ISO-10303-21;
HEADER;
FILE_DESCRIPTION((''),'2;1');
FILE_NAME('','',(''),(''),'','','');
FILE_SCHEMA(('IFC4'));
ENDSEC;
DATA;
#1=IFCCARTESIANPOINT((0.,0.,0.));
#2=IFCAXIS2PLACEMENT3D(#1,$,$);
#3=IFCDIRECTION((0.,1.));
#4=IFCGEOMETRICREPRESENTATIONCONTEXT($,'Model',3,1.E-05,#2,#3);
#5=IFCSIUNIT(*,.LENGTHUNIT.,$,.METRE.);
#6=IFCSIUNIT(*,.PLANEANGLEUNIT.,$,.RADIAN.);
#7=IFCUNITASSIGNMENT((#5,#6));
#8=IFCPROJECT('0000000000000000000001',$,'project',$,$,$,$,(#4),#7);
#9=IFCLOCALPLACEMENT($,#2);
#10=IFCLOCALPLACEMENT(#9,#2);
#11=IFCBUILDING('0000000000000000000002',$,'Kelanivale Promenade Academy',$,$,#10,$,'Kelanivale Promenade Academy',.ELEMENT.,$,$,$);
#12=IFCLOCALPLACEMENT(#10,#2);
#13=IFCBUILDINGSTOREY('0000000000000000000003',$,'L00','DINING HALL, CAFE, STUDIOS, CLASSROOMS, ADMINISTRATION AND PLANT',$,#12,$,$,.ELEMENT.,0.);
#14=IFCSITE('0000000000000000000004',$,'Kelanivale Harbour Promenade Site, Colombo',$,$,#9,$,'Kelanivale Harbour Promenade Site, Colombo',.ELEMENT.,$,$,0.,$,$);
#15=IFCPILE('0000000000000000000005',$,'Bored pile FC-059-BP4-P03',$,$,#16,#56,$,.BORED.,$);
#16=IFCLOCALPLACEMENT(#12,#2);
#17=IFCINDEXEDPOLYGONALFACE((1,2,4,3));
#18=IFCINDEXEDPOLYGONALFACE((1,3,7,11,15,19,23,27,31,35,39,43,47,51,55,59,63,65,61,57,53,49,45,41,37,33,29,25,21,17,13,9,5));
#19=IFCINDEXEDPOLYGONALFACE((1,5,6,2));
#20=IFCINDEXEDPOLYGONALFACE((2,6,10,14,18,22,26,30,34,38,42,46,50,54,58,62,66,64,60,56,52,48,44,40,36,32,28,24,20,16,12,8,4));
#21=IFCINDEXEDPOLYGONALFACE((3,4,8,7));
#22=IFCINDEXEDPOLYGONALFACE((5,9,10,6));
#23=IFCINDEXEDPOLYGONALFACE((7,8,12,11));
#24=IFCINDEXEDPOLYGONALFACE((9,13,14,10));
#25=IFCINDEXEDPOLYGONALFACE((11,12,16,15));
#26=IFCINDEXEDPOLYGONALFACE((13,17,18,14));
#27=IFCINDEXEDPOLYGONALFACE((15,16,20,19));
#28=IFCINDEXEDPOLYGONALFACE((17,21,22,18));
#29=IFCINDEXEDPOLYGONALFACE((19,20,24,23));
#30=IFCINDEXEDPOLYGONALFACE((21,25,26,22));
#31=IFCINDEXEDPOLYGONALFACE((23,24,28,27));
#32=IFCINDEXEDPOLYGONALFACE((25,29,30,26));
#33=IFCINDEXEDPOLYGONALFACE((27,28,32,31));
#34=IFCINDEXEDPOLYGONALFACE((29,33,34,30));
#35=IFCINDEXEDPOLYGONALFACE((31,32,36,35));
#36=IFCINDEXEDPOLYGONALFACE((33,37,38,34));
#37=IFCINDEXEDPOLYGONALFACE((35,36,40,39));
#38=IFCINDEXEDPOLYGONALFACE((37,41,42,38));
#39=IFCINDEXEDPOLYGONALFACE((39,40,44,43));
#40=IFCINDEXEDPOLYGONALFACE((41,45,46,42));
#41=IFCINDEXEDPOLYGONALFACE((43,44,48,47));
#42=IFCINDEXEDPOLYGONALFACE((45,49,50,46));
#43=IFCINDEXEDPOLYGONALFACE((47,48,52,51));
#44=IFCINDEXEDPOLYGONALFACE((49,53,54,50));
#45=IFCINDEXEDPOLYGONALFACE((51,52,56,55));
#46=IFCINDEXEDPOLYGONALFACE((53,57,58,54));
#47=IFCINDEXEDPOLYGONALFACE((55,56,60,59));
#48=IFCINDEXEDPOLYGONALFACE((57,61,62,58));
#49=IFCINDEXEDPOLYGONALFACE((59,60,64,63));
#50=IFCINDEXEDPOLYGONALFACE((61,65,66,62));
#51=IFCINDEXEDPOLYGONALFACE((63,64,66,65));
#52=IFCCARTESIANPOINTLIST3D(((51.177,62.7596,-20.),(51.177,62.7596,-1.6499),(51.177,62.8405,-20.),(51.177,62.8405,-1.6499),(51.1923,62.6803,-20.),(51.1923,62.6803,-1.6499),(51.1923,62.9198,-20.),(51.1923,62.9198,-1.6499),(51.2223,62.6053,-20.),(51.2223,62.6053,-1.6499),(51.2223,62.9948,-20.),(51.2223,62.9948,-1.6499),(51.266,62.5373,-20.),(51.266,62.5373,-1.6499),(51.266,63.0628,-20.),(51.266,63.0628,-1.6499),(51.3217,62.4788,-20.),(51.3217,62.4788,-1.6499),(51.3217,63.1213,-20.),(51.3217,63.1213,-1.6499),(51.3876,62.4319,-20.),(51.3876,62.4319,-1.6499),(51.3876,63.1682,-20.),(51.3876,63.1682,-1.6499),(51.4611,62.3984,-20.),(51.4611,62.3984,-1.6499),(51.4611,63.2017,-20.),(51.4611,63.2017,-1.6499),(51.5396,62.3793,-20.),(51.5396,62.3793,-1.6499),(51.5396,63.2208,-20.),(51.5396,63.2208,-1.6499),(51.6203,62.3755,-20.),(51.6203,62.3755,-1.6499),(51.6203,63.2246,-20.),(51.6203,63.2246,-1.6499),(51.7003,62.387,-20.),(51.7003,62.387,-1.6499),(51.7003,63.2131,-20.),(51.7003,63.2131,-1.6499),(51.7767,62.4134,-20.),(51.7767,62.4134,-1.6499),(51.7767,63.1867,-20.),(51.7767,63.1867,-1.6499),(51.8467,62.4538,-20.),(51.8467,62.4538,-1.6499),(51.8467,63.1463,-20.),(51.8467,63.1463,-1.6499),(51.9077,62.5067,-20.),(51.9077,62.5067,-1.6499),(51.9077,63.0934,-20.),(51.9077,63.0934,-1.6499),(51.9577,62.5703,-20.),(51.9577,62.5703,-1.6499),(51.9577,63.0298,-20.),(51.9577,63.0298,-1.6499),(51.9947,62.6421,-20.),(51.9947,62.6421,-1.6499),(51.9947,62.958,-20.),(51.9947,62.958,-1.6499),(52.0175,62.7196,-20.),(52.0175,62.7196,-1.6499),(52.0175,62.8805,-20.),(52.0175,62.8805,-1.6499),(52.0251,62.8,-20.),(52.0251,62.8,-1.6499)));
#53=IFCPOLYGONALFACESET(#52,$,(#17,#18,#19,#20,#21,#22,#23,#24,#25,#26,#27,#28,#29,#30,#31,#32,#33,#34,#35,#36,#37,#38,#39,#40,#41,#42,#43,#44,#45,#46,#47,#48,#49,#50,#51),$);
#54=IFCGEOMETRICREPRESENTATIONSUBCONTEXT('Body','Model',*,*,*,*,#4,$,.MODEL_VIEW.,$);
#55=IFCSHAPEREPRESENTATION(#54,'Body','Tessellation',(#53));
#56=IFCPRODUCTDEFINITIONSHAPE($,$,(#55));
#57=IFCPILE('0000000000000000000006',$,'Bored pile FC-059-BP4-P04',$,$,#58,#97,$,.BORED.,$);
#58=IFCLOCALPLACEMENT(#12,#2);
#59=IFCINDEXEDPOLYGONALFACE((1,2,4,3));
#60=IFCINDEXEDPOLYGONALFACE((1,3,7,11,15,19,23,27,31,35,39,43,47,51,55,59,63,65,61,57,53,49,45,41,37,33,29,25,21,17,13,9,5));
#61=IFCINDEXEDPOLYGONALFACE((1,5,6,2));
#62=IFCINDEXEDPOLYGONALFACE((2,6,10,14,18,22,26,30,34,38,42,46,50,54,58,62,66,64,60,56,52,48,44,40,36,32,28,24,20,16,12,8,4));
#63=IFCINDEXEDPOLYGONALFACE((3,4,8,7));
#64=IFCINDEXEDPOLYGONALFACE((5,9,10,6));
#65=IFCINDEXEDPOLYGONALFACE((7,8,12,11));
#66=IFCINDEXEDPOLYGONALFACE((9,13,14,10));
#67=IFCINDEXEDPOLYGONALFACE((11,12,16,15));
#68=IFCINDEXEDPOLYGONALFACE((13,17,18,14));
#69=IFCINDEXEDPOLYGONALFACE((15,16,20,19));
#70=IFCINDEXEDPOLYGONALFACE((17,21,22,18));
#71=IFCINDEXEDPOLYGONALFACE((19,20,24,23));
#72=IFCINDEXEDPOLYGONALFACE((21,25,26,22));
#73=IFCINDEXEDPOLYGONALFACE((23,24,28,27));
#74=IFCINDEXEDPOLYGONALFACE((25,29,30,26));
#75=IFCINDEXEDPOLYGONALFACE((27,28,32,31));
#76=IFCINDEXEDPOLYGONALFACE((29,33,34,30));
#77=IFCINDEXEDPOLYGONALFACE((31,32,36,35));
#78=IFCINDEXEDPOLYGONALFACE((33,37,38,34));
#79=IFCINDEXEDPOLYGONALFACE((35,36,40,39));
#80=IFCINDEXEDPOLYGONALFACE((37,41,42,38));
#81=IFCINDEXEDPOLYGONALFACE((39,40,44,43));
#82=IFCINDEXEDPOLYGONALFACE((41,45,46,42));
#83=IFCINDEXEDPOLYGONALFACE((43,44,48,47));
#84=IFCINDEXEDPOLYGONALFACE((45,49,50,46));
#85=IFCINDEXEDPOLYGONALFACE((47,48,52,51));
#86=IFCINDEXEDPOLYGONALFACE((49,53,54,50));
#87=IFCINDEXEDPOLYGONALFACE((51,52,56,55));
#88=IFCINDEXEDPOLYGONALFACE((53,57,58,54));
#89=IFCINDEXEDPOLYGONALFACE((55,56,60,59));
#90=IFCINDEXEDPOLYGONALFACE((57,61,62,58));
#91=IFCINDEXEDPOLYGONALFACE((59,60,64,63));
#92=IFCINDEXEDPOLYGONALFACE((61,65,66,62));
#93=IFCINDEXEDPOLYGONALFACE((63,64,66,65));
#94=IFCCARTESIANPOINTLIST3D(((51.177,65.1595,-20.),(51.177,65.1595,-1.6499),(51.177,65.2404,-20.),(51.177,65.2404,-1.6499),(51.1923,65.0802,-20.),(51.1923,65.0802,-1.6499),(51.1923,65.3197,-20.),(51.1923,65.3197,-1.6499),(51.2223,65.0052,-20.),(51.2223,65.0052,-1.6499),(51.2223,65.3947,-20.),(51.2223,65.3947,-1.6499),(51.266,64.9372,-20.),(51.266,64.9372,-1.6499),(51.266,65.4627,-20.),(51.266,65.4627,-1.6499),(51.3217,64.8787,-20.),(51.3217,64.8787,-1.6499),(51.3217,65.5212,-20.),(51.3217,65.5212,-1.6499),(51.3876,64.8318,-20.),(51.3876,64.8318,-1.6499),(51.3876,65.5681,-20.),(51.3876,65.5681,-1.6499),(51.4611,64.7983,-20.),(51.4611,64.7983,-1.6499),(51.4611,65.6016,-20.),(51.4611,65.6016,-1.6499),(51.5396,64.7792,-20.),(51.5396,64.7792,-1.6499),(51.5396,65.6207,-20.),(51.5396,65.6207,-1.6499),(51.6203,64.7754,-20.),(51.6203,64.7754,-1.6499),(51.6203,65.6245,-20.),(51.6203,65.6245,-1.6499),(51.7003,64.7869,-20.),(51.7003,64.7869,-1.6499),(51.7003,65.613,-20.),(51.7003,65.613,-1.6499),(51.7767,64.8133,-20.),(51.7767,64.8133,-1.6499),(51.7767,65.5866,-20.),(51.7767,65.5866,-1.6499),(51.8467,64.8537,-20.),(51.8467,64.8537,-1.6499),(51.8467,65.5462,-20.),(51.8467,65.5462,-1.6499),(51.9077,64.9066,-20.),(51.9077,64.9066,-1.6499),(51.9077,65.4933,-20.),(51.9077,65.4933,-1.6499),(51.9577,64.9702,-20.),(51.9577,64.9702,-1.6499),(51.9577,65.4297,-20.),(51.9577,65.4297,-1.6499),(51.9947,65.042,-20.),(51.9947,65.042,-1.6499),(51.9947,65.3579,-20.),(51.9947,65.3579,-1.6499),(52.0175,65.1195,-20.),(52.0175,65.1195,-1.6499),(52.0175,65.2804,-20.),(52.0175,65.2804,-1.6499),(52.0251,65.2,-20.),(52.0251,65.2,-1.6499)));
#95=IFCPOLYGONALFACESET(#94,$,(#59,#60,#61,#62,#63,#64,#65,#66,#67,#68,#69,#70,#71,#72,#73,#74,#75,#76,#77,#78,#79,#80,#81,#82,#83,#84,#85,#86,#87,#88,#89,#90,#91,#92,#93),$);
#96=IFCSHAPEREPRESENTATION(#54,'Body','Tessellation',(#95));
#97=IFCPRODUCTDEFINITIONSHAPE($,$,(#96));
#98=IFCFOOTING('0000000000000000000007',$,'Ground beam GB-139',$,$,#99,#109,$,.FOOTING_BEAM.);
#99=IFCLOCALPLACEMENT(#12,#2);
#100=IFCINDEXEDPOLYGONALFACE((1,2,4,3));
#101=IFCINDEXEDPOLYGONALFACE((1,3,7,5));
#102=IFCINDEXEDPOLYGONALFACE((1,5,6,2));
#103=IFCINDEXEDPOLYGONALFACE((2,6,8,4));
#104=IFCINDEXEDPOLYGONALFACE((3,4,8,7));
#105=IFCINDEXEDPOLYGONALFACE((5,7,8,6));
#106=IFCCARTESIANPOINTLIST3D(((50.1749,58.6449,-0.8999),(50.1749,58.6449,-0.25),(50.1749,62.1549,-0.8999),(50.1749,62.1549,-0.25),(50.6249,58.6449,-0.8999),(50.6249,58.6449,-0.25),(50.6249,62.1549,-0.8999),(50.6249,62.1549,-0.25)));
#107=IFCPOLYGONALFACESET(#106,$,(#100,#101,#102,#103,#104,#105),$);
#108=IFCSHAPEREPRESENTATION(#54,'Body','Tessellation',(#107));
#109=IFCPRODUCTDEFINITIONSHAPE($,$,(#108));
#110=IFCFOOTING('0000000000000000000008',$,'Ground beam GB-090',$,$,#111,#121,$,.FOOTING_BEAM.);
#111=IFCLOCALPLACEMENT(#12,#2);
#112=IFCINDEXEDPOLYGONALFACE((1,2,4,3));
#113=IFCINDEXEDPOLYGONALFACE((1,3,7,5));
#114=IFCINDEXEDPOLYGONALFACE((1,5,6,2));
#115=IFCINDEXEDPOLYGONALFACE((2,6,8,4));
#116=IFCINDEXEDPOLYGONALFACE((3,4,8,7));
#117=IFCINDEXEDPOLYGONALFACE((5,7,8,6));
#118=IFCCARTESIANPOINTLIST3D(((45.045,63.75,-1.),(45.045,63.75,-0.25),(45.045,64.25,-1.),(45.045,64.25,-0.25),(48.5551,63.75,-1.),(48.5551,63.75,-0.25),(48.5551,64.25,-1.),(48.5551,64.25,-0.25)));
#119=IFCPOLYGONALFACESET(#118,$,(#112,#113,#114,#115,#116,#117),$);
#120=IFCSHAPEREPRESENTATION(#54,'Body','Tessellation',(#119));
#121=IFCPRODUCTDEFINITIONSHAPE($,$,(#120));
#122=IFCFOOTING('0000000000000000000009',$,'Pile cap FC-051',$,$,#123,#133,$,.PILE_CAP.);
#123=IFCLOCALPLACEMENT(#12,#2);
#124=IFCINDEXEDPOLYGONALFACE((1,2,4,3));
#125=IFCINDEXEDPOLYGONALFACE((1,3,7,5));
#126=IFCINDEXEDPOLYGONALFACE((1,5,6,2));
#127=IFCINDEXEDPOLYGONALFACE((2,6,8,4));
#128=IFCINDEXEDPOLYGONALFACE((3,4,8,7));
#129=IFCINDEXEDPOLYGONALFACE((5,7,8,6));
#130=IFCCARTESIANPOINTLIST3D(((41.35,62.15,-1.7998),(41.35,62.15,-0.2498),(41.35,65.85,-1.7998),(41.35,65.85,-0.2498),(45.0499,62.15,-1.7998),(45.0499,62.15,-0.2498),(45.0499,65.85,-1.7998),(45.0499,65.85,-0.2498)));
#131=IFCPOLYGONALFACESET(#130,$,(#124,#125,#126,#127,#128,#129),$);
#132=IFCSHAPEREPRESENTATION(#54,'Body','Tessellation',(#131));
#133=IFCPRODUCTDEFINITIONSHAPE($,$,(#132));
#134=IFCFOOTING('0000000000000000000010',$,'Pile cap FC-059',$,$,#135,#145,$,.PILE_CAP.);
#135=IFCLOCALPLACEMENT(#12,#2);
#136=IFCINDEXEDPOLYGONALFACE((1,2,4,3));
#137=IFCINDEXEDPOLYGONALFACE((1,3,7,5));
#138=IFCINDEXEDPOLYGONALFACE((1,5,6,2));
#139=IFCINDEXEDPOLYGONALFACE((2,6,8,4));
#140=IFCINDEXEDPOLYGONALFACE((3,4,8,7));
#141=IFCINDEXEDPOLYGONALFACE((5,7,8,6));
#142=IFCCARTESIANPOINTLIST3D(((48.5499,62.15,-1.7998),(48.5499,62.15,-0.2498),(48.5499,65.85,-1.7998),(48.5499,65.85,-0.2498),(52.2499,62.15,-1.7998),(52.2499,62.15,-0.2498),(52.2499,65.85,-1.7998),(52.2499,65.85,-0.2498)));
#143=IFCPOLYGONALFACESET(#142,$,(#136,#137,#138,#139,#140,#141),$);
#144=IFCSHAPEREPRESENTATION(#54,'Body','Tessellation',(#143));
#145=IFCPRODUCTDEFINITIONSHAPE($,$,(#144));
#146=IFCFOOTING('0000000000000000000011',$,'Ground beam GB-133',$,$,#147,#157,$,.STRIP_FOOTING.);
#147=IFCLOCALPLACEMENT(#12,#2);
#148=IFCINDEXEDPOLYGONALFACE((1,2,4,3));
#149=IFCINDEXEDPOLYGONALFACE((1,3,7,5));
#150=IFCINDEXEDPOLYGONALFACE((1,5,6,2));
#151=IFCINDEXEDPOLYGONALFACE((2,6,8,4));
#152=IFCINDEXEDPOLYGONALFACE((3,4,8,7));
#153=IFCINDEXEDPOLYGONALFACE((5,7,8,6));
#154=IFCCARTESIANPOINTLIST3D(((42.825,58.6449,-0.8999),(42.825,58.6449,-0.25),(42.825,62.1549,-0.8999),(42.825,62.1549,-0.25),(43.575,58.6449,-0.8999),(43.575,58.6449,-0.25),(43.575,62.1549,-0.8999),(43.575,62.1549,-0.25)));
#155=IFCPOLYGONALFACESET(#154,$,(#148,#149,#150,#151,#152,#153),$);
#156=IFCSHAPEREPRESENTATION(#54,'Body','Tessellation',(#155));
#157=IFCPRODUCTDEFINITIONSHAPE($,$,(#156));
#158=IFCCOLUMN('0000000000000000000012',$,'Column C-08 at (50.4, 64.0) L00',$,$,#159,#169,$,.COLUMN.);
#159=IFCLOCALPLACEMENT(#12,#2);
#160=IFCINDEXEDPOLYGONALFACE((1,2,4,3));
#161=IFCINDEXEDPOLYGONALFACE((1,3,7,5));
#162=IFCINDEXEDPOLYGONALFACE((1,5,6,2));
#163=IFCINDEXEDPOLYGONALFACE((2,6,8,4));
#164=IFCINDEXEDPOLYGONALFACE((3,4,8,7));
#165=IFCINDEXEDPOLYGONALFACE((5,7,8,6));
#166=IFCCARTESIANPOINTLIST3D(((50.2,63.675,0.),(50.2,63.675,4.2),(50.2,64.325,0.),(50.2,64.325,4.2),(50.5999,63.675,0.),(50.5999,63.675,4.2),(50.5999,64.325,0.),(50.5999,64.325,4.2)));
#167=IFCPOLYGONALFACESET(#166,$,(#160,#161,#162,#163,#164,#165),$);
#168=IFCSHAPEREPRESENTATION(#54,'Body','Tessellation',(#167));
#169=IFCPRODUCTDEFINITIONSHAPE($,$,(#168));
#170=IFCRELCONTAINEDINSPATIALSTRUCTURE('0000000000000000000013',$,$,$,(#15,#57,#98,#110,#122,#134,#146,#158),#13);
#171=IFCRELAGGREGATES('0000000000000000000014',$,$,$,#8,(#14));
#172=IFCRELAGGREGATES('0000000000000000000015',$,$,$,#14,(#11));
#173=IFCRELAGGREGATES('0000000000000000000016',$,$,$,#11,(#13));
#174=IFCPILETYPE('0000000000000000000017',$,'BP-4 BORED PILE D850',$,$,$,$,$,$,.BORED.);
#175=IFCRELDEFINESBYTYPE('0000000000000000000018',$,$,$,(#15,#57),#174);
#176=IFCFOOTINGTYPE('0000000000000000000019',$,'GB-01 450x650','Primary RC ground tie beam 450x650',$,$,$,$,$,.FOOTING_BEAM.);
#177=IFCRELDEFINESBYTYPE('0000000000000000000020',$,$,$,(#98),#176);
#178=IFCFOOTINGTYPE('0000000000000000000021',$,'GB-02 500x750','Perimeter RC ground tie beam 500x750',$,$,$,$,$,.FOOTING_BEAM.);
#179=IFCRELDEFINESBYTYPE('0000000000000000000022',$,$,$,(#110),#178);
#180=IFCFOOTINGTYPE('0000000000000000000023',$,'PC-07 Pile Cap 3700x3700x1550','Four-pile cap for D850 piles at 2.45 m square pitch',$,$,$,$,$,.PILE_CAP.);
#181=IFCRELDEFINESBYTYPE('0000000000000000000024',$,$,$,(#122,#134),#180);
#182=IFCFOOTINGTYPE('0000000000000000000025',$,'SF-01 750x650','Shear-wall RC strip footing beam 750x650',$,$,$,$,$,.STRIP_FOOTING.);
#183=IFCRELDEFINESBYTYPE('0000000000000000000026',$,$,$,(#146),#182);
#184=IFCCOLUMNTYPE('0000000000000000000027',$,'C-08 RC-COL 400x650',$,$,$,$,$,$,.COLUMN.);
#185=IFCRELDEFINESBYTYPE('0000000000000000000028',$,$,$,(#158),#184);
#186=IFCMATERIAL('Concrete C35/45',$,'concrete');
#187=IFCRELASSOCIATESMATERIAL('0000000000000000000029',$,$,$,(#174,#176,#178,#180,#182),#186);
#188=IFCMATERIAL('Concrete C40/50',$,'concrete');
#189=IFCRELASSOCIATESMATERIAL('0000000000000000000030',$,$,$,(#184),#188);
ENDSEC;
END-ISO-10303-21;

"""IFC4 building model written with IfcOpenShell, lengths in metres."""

from ifc_helpers import new_model, si_unit, direction, frame, origin, origin_2d, place, context, subcontext, project, spatial, rectangle, circle, extrude, material, material_profile, profile_set, type_object, element, save


model = new_model("IFC4")

# Units and contexts
model_context = context("Model", 3, precision=1e-05, world=origin(), true_north=direction((0.0, 1.0)))
body_context = subcontext(model_context, "Body", "Model", "MODEL_VIEW")
ifc_project = project(units=[si_unit("LENGTHUNIT", "METRE"), si_unit("PLANEANGLEUNIT", "RADIAN")], contexts=[model_context])

# Site, building, storey
site_placement = place(None, origin())
site = spatial("IfcSite", under=ifc_project, at=site_placement, Name="Kelanivale Harbour Promenade Site, Colombo", LongName="Kelanivale Harbour Promenade Site, Colombo", CompositionType="ELEMENT", RefElevation=0.0)
building_placement = place(site_placement, origin())
building = spatial("IfcBuilding", under=site, at=building_placement, Name="Kelanivale Promenade Academy", LongName="Kelanivale Promenade Academy", CompositionType="ELEMENT")
storey_placement = place(building_placement, origin())
storey = spatial("IfcBuildingStorey", under=building, at=storey_placement, Name="L00", Description="DINING HALL, CAFE, STUDIOS, CLASSROOMS, ADMINISTRATION AND PLANT", CompositionType="ELEMENT", Elevation=0.0)

# Piles
ifc_material_1 = material(Name="Concrete C35/45", Category="concrete")
ifc_material_profile_1 = material_profile(ifc_material_1, circle(Radius=0.425, at=origin_2d()), Name="BORED PILE D850")
ifc_profile_set_1 = profile_set([ifc_material_profile_1], Name="Concrete C35/45")
pile_type = type_object("IfcPileType", Name="BP-4 BORED PILE D850", PredefinedType="BORED", material=ifc_profile_set_1)
for number, where, z_axis, x_axis, name in (
    (1, (51.6001, 62.8, -1.6499), (0.0, 0.0, -1.0), (1.0, 0.0, 0.0), "Bored pile FC-059-BP4-P03"),
    (2, (51.6001, 65.2, -1.6499), (0.0, 0.0, -1.0), (1.0, 0.0, 0.0), "Bored pile FC-059-BP4-P04"),
):
    element("IfcPile", number, at=place(storey_placement, frame(where, z_axis=z_axis, x_axis=x_axis)), inside=storey, type_object=pile_type, Name=name, PredefinedType="BORED", context=body_context, shape_type="SweptSolid", body=[
        extrude(circle(Radius=0.425, at=origin_2d()), origin(), (0.0, 0.0, 1.0), 18.3501),
    ])

# Footings
footing_type_1 = type_object("IfcFootingType", Name="GB-01 450x650", Description="Primary RC ground tie beam 450x650", PredefinedType="FOOTING_BEAM", material=ifc_material_1)
footing_1_placement = place(storey_placement, frame((50.3999, 60.3999, -0.8999), z_axis=(0.0, 0.0, 1.0), x_axis=(0.0, 1.0, 0.0)))
element("IfcFooting", 3, at=footing_1_placement, inside=storey, type_object=footing_type_1, Name="Ground beam GB-139", PredefinedType="FOOTING_BEAM", context=body_context, shape_type="SweptSolid", body=[
    extrude(rectangle(XDim=3.51, YDim=0.45, at=origin_2d()), origin(), (0.0, 0.0, 1.0), 0.6499),
])
footing_type_2 = type_object("IfcFootingType", Name="GB-02 500x750", Description="Perimeter RC ground tie beam 500x750", PredefinedType="FOOTING_BEAM", material=ifc_material_1)
footing_2_placement = place(storey_placement, frame((46.8, 64.0, -1.0), z_axis=(0.0, 0.0, 1.0), x_axis=(1.0, 0.0, 0.0)))
element("IfcFooting", 4, at=footing_2_placement, inside=storey, type_object=footing_type_2, Name="Ground beam GB-090", PredefinedType="FOOTING_BEAM", context=body_context, shape_type="SweptSolid", body=[
    extrude(rectangle(XDim=3.51, YDim=0.5, at=origin_2d()), origin(), (0.0, 0.0, 1.0), 0.75),
])
footing_type_3 = type_object("IfcFootingType", Name="PC-07 Pile Cap 3700x3700x1550", Description="Four-pile cap for D850 piles at 2.45 m square pitch", PredefinedType="PILE_CAP", material=ifc_material_1)
for number, where, z_axis, x_axis, name in (
    (5, (43.2, 64.0, -1.7998), (0.0, 0.0, 1.0), (1.0, 0.0, 0.0), "Pile cap FC-051"),
    (6, (50.3999, 64.0, -1.7998), (0.0, 0.0, 1.0), (1.0, 0.0, 0.0), "Pile cap FC-059"),
):
    element("IfcFooting", number, at=place(storey_placement, frame(where, z_axis=z_axis, x_axis=x_axis)), inside=storey, type_object=footing_type_3, Name=name, PredefinedType="PILE_CAP", context=body_context, shape_type="SweptSolid", body=[
        extrude(rectangle(XDim=3.7, YDim=3.7, at=origin_2d()), origin(), (0.0, 0.0, 1.0), 1.55),
    ])
footing_type_4 = type_object("IfcFootingType", Name="SF-01 750x650", Description="Shear-wall RC strip footing beam 750x650", PredefinedType="STRIP_FOOTING", material=ifc_material_1)
footing_3_placement = place(storey_placement, frame((43.2, 60.3999, -0.8999), z_axis=(0.0, 0.0, 1.0), x_axis=(0.0, 1.0, 0.0)))
element("IfcFooting", 7, at=footing_3_placement, inside=storey, type_object=footing_type_4, Name="Ground beam GB-133", PredefinedType="STRIP_FOOTING", context=body_context, shape_type="SweptSolid", body=[
    extrude(rectangle(XDim=3.51, YDim=0.75, at=origin_2d()), origin(), (0.0, 0.0, 1.0), 0.6499),
])

# Column
ifc_material_2 = material(Name="Concrete C40/50", Category="concrete")
ifc_material_profile_2 = material_profile(ifc_material_2, rectangle(XDim=0.3999, YDim=0.6499, at=origin_2d()), Name="RC-COL 400x650")
ifc_profile_set_2 = profile_set([ifc_material_profile_2], Name="Concrete C40/50")
column_type_1 = type_object("IfcColumnType", Name="C-08 RC-COL 400x650", PredefinedType="COLUMN", material=ifc_profile_set_2)
column_1_placement = place(storey_placement, frame((50.3999, 64.0, 0.0), z_axis=(0.0, 0.0, 1.0), x_axis=(1.0, 0.0, 0.0)))
element("IfcColumn", 8, at=column_1_placement, inside=storey, type_object=column_type_1, Name="Column C-08 at (50.4, 64.0) L00", PredefinedType="COLUMN", context=body_context, shape_type="SweptSolid", body=[
    extrude(rectangle(XDim=0.3999, YDim=0.6499, at=origin_2d()), origin(), (0.0, 0.0, 1.0), 4.2),
])

save(model, "model.ifc")
